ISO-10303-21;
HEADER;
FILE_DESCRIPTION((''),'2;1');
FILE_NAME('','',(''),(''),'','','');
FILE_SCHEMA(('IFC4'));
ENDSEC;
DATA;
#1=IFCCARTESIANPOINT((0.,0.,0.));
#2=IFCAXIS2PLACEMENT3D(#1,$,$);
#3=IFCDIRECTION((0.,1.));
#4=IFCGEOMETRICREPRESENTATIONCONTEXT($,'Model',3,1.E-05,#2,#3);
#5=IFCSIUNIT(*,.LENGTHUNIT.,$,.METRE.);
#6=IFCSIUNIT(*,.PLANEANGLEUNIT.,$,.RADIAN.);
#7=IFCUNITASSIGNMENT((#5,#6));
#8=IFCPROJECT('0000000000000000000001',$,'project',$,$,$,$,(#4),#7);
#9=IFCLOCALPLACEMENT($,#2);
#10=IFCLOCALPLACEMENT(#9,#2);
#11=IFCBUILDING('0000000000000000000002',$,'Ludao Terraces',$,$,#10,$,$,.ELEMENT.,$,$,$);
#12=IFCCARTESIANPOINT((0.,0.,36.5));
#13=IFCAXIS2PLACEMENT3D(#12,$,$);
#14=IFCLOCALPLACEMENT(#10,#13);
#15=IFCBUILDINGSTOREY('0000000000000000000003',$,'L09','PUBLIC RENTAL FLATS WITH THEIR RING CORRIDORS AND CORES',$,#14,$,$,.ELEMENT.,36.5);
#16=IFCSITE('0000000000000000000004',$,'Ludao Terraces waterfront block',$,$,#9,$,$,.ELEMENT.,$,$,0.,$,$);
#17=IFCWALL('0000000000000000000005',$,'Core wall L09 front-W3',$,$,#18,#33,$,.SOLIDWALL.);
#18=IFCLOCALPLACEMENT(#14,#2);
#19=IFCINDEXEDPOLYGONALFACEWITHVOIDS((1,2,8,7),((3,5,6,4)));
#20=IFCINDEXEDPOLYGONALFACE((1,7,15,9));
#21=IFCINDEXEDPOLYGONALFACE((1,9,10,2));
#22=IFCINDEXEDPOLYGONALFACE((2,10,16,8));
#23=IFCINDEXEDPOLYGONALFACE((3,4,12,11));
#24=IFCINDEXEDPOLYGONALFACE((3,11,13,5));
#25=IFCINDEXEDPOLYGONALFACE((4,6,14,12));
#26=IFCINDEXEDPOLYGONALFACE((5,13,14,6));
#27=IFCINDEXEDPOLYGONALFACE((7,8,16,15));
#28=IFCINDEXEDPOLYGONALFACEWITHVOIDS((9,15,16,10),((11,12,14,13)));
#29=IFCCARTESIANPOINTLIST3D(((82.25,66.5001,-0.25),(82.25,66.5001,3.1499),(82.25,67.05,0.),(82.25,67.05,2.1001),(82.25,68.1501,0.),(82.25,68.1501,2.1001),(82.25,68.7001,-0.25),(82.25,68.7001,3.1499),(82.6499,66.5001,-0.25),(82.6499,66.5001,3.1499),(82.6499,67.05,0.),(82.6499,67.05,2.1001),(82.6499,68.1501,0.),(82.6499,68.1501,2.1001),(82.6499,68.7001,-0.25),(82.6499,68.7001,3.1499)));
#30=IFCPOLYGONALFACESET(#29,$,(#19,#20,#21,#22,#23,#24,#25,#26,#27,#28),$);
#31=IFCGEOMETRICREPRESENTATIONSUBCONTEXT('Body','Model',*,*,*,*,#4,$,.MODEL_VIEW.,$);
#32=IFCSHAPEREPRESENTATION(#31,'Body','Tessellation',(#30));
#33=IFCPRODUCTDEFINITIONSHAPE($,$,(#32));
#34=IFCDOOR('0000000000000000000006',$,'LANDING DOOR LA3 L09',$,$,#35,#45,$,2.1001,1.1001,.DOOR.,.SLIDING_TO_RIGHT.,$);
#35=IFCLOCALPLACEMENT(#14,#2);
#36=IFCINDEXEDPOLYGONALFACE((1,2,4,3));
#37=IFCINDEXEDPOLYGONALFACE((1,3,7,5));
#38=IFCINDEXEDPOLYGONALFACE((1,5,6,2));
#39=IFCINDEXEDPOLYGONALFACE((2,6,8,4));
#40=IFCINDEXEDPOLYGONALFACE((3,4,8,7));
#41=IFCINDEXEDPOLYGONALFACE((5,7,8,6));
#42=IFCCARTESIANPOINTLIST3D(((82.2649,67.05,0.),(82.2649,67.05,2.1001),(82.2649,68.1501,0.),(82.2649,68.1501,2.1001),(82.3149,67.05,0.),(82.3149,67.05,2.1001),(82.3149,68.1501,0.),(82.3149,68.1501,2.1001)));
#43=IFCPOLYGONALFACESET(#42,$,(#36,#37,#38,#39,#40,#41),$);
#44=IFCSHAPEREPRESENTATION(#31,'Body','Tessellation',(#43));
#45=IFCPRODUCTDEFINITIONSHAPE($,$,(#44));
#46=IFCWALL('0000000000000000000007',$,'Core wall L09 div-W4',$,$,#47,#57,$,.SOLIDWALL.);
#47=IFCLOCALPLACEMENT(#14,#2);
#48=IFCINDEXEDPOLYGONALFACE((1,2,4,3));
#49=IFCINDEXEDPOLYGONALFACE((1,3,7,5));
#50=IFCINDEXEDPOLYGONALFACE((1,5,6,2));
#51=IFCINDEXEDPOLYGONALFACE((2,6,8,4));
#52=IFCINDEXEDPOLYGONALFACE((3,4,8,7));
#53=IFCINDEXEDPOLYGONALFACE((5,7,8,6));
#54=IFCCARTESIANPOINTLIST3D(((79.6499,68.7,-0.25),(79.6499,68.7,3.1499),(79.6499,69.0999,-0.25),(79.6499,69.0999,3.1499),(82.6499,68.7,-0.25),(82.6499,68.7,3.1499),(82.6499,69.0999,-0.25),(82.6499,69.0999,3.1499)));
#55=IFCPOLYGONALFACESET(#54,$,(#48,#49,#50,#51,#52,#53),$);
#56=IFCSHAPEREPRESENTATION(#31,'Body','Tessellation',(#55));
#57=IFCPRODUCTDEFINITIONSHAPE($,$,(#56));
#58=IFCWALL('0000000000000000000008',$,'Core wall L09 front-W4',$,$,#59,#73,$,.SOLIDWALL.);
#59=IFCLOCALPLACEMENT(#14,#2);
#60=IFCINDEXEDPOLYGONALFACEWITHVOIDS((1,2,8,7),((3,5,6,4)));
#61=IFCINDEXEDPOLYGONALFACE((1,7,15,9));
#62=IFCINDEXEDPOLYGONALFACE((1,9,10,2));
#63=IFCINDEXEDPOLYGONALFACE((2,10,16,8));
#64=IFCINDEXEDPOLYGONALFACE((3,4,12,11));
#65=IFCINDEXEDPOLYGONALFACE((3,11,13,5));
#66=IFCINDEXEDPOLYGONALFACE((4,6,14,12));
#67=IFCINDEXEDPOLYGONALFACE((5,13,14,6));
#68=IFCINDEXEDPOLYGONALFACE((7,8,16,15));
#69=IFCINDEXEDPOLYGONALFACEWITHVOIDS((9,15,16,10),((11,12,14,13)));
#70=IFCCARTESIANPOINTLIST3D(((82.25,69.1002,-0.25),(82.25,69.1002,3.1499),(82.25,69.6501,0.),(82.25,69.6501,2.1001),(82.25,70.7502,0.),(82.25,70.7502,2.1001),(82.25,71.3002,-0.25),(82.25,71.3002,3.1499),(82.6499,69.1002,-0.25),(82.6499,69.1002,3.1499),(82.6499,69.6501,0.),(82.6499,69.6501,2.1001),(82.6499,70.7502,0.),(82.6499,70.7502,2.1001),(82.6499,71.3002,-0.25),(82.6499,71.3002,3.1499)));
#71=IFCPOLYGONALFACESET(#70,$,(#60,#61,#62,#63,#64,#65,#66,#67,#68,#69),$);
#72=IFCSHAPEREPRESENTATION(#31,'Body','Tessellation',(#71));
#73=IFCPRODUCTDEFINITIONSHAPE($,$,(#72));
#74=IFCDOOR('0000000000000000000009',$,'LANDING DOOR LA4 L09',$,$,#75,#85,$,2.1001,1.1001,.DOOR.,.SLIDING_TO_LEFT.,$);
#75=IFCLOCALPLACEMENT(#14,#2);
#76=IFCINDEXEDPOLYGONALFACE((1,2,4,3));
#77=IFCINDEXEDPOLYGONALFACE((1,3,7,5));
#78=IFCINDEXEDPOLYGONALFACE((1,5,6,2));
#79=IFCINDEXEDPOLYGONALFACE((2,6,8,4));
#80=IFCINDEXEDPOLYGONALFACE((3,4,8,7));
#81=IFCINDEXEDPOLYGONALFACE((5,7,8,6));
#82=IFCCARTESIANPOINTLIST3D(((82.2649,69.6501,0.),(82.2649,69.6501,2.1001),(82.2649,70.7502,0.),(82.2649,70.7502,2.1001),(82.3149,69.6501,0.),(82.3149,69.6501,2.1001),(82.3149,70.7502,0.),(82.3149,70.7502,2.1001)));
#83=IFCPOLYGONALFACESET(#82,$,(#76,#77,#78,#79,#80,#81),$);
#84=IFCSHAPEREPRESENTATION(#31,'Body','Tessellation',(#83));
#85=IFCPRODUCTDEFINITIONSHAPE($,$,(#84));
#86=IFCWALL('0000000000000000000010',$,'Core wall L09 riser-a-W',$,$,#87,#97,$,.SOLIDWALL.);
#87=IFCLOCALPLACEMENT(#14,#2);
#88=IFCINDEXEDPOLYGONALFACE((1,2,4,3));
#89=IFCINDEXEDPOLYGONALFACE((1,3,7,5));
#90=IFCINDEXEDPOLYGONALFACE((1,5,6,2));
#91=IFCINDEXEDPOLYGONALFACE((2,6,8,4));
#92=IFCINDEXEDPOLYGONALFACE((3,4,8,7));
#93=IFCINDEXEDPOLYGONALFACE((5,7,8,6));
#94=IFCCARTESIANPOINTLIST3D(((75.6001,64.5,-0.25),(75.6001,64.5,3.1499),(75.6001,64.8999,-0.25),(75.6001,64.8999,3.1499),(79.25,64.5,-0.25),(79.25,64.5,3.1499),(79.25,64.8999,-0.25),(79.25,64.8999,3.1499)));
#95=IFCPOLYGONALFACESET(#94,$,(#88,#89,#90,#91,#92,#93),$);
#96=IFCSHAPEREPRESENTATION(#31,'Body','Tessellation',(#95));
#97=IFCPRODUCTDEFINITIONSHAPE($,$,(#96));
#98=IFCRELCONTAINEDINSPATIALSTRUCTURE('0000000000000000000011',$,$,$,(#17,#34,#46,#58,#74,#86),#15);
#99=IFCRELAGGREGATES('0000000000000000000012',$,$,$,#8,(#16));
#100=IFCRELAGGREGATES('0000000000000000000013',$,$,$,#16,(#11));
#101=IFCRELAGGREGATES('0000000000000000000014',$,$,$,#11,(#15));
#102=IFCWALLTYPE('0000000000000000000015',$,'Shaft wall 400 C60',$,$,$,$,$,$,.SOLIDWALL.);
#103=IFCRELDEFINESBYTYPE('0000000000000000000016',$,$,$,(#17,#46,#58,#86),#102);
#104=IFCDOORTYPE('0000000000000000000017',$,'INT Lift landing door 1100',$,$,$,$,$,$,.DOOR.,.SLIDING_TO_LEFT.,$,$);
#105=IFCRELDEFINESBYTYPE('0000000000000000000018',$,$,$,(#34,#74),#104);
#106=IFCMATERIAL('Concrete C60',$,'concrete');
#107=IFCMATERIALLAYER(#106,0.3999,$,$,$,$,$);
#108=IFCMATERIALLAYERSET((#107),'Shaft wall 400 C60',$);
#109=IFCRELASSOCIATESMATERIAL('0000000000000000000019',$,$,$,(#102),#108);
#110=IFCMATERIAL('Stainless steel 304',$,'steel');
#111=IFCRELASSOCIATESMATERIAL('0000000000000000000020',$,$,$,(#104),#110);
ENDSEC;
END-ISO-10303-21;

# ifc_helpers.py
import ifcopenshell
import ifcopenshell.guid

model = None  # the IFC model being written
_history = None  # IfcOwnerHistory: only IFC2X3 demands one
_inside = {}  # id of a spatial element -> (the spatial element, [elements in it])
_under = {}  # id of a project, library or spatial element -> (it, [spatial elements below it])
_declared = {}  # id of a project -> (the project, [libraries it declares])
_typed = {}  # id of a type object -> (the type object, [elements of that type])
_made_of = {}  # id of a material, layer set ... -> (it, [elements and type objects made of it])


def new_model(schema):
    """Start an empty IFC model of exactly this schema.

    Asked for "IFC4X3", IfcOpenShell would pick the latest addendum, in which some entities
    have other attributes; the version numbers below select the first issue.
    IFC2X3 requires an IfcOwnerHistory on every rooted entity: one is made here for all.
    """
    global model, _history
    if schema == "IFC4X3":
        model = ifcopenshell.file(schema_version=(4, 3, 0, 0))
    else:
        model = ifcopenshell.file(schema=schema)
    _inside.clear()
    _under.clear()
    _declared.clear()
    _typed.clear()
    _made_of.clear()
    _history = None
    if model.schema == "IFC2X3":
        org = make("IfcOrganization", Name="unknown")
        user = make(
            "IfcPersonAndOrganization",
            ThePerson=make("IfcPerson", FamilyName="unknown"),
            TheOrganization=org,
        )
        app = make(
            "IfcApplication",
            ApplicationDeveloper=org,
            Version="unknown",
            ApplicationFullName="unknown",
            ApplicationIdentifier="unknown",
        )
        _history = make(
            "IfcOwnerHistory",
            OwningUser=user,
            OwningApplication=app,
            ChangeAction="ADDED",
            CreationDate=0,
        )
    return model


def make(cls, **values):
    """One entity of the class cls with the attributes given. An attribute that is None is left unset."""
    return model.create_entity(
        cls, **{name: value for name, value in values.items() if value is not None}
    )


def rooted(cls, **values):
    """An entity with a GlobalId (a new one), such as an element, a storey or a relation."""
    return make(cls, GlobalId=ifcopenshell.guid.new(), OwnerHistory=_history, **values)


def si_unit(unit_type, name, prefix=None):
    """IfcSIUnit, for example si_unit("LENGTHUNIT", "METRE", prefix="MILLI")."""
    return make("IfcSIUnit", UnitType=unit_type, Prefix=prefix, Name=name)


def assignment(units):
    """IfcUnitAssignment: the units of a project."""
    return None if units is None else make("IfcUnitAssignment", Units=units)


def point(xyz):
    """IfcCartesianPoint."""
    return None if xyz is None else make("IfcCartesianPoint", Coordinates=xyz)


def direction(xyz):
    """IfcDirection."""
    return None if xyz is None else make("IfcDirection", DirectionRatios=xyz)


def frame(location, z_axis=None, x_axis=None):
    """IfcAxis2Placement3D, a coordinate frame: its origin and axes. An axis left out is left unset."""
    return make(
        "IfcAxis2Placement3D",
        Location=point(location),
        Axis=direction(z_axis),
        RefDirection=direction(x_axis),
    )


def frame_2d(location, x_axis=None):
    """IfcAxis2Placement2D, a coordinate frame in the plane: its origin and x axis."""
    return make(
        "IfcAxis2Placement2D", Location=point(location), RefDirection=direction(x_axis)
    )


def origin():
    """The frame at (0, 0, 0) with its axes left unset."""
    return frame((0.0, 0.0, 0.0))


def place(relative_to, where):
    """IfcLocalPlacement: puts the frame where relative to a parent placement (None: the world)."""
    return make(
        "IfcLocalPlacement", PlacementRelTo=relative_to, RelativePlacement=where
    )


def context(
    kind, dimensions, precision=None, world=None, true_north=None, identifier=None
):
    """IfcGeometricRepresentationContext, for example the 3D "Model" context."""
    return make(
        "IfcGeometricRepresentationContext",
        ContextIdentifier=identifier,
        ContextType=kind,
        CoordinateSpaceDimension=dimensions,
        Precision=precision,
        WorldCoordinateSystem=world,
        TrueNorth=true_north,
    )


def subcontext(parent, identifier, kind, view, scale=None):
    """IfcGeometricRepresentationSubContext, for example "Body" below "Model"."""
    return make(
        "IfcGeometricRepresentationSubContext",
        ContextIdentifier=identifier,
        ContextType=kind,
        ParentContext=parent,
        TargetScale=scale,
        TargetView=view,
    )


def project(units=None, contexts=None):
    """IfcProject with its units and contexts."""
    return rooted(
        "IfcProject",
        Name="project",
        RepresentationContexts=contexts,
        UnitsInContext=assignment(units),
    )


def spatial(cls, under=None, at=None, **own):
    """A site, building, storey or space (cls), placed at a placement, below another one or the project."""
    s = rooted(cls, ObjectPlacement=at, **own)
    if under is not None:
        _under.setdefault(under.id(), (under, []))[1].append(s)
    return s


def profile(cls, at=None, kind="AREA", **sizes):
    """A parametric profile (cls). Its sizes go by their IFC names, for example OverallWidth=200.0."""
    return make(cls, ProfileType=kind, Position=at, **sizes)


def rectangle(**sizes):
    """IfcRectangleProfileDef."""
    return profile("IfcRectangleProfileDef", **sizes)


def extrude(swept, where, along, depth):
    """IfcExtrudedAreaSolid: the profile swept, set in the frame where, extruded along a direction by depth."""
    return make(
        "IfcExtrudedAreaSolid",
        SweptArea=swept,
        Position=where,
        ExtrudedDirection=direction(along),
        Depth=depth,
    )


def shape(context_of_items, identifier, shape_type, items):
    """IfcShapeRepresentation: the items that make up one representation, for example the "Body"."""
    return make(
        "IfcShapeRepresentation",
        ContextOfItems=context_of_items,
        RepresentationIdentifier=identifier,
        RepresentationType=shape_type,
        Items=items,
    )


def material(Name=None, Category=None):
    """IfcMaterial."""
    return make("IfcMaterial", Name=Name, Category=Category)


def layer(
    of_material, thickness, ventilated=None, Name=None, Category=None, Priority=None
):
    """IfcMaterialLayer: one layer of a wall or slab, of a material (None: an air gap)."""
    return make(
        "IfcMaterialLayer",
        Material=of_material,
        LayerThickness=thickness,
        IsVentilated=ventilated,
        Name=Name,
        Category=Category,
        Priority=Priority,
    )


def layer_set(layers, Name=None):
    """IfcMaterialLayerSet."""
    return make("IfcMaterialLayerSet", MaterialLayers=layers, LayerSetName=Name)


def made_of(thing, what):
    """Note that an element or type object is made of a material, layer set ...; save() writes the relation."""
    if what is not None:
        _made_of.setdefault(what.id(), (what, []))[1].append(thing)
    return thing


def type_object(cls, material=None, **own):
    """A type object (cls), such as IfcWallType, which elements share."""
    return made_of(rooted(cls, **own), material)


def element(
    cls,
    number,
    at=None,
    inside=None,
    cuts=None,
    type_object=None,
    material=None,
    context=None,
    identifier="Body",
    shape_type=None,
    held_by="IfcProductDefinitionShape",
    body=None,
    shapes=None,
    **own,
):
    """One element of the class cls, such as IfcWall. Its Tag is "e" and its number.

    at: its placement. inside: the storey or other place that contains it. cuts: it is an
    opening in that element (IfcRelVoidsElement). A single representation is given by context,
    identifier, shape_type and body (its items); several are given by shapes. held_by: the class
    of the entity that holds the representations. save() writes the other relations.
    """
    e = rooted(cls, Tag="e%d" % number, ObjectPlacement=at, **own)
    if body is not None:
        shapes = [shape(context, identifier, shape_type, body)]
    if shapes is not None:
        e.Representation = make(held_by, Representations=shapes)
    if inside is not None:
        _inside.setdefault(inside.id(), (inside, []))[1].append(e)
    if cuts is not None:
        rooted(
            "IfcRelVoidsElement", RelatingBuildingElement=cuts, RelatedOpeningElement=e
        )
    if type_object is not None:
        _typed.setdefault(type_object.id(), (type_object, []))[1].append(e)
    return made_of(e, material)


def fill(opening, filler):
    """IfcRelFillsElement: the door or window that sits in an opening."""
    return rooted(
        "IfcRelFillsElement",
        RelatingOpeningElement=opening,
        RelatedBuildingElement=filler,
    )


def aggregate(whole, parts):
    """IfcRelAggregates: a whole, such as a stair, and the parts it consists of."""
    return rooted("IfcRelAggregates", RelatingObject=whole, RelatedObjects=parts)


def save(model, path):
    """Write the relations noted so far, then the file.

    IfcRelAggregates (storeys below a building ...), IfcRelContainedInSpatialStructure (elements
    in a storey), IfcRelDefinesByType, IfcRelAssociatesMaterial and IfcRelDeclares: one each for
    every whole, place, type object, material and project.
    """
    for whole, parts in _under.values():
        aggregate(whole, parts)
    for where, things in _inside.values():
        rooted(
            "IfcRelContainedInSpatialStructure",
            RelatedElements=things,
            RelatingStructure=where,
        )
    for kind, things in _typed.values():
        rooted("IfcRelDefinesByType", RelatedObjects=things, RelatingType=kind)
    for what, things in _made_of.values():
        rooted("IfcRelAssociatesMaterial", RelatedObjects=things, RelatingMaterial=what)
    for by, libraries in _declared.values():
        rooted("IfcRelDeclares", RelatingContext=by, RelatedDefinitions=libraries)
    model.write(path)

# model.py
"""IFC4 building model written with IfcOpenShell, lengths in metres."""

from ifc_helpers import new_model, si_unit, direction, frame, frame_2d, origin, place, context, subcontext, project, spatial, rectangle, extrude, material, layer, layer_set, type_object, element, fill, save


model = new_model("IFC4")

# Units and contexts
model_context = context("Model", 3, precision=1e-05, world=origin(), true_north=direction((0.0, 1.0)))
body_context = subcontext(model_context, "Body", "Model", "MODEL_VIEW")
ifc_project = project(units=[si_unit("LENGTHUNIT", "METRE"), si_unit("PLANEANGLEUNIT", "RADIAN")], contexts=[model_context])

# Site, building, storey
site_placement = place(None, origin())
site = spatial("IfcSite", under=ifc_project, at=site_placement, Name="Ludao Terraces waterfront block", CompositionType="ELEMENT", RefElevation=0.0)
building_placement = place(site_placement, origin())
building = spatial("IfcBuilding", under=site, at=building_placement, Name="Ludao Terraces", CompositionType="ELEMENT")
storey_placement = place(building_placement, frame((0.0, 0.0, 36.5)))
storey = spatial("IfcBuildingStorey", under=building, at=storey_placement, Name="L09", Description="PUBLIC RENTAL FLATS WITH THEIR RING CORRIDORS AND CORES", CompositionType="ELEMENT", Elevation=36.5)

# Shared definitions
ifc_material_1 = material(Name="Concrete C60", Category="concrete")
ifc_layer_1 = layer(ifc_material_1, 0.3999)
ifc_layer_set_1 = layer_set([ifc_layer_1], Name="Shaft wall 400 C60")
wall_type_1 = type_object("IfcWallType", Name="Shaft wall 400 C60", PredefinedType="SOLIDWALL", material=ifc_layer_set_1)
ifc_material_2 = material(Name="Stainless steel 304", Category="steel")
door_type_1 = type_object("IfcDoorType", Name="INT Lift landing door 1100", OperationType="SLIDING_TO_LEFT", PredefinedType="DOOR", material=ifc_material_2)

# Wall, opening, door
wall_1_placement = place(storey_placement, frame((82.45, 66.5, -0.25), z_axis=(0.0, 0.0, 1.0), x_axis=(0.0, 1.0, 0.0)))
wall_1 = element("IfcWall", 1, at=wall_1_placement, inside=storey, type_object=wall_type_1, Name="Core wall L09 front-W3", PredefinedType="SOLIDWALL", context=body_context, shape_type="SweptSolid", body=[
    extrude(rectangle(XDim=2.2, YDim=0.3999, at=frame_2d((1.1001, 0.0))), origin(), (0.0, 0.0, 1.0), 3.3999),
])
opening_1_placement = place(wall_1_placement, frame((0.55, 0.0, 0.25)))
opening_1 = element("IfcOpeningElement", 2, at=opening_1_placement, cuts=wall_1, PredefinedType="OPENING", context=body_context, shape_type="SweptSolid", body=[
    extrude(rectangle(XDim=1.1001, YDim=2.1001, at=frame_2d((0.55, 1.05))), frame((0.0, 0.21, 0.0), z_axis=(0.0, -1.0, 0.0), x_axis=(1.0, 0.0, 0.0)), (0.0, 0.0, 1.0), 0.4199),
])
door_1_placement = place(opening_1_placement, origin())
door_1 = element("IfcDoor", 3, at=door_1_placement, inside=storey, type_object=door_type_1, Name="LANDING DOOR LA3 L09", OperationType="SLIDING_TO_RIGHT", OverallHeight=2.1001, OverallWidth=1.1001, PredefinedType="DOOR", context=body_context, shape_type="SweptSolid", body=[
    extrude(rectangle(XDim=1.1001, YDim=2.1001, at=frame_2d((0.55, 1.05))), frame((0.0, 0.1851, 0.0), z_axis=(0.0, -1.0, 0.0), x_axis=(1.0, 0.0, 0.0)), (0.0, 0.0, 1.0), 0.05),
])
fill(opening_1, door_1)

# Wall
wall_2_placement = place(storey_placement, frame((79.6499, 68.8999, -0.25), z_axis=(0.0, 0.0, 1.0), x_axis=(1.0, 0.0, 0.0)))
element("IfcWall", 4, at=wall_2_placement, inside=storey, type_object=wall_type_1, Name="Core wall L09 div-W4", PredefinedType="SOLIDWALL", context=body_context, shape_type="SweptSolid", body=[
    extrude(rectangle(XDim=3.0, YDim=0.3999, at=frame_2d((1.5, 0.0))), origin(), (0.0, 0.0, 1.0), 3.3999),
])

# Wall, opening, door
wall_3_placement = place(storey_placement, frame((82.45, 69.1001, -0.25), z_axis=(0.0, 0.0, 1.0), x_axis=(0.0, 1.0, 0.0)))
wall_3 = element("IfcWall", 5, at=wall_3_placement, inside=storey, type_object=wall_type_1, Name="Core wall L09 front-W4", PredefinedType="SOLIDWALL", context=body_context, shape_type="SweptSolid", body=[
    extrude(rectangle(XDim=2.2, YDim=0.3999, at=frame_2d((1.1001, 0.0))), origin(), (0.0, 0.0, 1.0), 3.3999),
])
opening_2_placement = place(wall_3_placement, frame((0.55, 0.0, 0.25)))
opening_2 = element("IfcOpeningElement", 6, at=opening_2_placement, cuts=wall_3, PredefinedType="OPENING", context=body_context, shape_type="SweptSolid", body=[
    extrude(rectangle(XDim=1.1001, YDim=2.1001, at=frame_2d((0.55, 1.05))), frame((0.0, 0.21, 0.0), z_axis=(0.0, -1.0, 0.0), x_axis=(1.0, 0.0, 0.0)), (0.0, 0.0, 1.0), 0.4199),
])
door_2_placement = place(opening_2_placement, origin())
door_2 = element("IfcDoor", 7, at=door_2_placement, inside=storey, type_object=door_type_1, Name="LANDING DOOR LA4 L09", OperationType="SLIDING_TO_LEFT", OverallHeight=2.1001, OverallWidth=1.1001, PredefinedType="DOOR", context=body_context, shape_type="SweptSolid", body=[
    extrude(rectangle(XDim=1.1001, YDim=2.1001, at=frame_2d((0.55, 1.05))), frame((0.0, 0.1851, 0.0), z_axis=(0.0, -1.0, 0.0), x_axis=(1.0, 0.0, 0.0)), (0.0, 0.0, 1.0), 0.05),
])
fill(opening_2, door_2)

# Wall
wall_4_placement = place(storey_placement, frame((75.6001, 64.7, -0.25), z_axis=(0.0, 0.0, 1.0), x_axis=(1.0, 0.0, 0.0)))
element("IfcWall", 8, at=wall_4_placement, inside=storey, type_object=wall_type_1, Name="Core wall L09 riser-a-W", PredefinedType="SOLIDWALL", context=body_context, shape_type="SweptSolid", body=[
    extrude(rectangle(XDim=3.6499, YDim=0.3999, at=frame_2d((1.825, 0.0))), origin(), (0.0, 0.0, 1.0), 3.3999),
])

save(model, "model.ifc")
